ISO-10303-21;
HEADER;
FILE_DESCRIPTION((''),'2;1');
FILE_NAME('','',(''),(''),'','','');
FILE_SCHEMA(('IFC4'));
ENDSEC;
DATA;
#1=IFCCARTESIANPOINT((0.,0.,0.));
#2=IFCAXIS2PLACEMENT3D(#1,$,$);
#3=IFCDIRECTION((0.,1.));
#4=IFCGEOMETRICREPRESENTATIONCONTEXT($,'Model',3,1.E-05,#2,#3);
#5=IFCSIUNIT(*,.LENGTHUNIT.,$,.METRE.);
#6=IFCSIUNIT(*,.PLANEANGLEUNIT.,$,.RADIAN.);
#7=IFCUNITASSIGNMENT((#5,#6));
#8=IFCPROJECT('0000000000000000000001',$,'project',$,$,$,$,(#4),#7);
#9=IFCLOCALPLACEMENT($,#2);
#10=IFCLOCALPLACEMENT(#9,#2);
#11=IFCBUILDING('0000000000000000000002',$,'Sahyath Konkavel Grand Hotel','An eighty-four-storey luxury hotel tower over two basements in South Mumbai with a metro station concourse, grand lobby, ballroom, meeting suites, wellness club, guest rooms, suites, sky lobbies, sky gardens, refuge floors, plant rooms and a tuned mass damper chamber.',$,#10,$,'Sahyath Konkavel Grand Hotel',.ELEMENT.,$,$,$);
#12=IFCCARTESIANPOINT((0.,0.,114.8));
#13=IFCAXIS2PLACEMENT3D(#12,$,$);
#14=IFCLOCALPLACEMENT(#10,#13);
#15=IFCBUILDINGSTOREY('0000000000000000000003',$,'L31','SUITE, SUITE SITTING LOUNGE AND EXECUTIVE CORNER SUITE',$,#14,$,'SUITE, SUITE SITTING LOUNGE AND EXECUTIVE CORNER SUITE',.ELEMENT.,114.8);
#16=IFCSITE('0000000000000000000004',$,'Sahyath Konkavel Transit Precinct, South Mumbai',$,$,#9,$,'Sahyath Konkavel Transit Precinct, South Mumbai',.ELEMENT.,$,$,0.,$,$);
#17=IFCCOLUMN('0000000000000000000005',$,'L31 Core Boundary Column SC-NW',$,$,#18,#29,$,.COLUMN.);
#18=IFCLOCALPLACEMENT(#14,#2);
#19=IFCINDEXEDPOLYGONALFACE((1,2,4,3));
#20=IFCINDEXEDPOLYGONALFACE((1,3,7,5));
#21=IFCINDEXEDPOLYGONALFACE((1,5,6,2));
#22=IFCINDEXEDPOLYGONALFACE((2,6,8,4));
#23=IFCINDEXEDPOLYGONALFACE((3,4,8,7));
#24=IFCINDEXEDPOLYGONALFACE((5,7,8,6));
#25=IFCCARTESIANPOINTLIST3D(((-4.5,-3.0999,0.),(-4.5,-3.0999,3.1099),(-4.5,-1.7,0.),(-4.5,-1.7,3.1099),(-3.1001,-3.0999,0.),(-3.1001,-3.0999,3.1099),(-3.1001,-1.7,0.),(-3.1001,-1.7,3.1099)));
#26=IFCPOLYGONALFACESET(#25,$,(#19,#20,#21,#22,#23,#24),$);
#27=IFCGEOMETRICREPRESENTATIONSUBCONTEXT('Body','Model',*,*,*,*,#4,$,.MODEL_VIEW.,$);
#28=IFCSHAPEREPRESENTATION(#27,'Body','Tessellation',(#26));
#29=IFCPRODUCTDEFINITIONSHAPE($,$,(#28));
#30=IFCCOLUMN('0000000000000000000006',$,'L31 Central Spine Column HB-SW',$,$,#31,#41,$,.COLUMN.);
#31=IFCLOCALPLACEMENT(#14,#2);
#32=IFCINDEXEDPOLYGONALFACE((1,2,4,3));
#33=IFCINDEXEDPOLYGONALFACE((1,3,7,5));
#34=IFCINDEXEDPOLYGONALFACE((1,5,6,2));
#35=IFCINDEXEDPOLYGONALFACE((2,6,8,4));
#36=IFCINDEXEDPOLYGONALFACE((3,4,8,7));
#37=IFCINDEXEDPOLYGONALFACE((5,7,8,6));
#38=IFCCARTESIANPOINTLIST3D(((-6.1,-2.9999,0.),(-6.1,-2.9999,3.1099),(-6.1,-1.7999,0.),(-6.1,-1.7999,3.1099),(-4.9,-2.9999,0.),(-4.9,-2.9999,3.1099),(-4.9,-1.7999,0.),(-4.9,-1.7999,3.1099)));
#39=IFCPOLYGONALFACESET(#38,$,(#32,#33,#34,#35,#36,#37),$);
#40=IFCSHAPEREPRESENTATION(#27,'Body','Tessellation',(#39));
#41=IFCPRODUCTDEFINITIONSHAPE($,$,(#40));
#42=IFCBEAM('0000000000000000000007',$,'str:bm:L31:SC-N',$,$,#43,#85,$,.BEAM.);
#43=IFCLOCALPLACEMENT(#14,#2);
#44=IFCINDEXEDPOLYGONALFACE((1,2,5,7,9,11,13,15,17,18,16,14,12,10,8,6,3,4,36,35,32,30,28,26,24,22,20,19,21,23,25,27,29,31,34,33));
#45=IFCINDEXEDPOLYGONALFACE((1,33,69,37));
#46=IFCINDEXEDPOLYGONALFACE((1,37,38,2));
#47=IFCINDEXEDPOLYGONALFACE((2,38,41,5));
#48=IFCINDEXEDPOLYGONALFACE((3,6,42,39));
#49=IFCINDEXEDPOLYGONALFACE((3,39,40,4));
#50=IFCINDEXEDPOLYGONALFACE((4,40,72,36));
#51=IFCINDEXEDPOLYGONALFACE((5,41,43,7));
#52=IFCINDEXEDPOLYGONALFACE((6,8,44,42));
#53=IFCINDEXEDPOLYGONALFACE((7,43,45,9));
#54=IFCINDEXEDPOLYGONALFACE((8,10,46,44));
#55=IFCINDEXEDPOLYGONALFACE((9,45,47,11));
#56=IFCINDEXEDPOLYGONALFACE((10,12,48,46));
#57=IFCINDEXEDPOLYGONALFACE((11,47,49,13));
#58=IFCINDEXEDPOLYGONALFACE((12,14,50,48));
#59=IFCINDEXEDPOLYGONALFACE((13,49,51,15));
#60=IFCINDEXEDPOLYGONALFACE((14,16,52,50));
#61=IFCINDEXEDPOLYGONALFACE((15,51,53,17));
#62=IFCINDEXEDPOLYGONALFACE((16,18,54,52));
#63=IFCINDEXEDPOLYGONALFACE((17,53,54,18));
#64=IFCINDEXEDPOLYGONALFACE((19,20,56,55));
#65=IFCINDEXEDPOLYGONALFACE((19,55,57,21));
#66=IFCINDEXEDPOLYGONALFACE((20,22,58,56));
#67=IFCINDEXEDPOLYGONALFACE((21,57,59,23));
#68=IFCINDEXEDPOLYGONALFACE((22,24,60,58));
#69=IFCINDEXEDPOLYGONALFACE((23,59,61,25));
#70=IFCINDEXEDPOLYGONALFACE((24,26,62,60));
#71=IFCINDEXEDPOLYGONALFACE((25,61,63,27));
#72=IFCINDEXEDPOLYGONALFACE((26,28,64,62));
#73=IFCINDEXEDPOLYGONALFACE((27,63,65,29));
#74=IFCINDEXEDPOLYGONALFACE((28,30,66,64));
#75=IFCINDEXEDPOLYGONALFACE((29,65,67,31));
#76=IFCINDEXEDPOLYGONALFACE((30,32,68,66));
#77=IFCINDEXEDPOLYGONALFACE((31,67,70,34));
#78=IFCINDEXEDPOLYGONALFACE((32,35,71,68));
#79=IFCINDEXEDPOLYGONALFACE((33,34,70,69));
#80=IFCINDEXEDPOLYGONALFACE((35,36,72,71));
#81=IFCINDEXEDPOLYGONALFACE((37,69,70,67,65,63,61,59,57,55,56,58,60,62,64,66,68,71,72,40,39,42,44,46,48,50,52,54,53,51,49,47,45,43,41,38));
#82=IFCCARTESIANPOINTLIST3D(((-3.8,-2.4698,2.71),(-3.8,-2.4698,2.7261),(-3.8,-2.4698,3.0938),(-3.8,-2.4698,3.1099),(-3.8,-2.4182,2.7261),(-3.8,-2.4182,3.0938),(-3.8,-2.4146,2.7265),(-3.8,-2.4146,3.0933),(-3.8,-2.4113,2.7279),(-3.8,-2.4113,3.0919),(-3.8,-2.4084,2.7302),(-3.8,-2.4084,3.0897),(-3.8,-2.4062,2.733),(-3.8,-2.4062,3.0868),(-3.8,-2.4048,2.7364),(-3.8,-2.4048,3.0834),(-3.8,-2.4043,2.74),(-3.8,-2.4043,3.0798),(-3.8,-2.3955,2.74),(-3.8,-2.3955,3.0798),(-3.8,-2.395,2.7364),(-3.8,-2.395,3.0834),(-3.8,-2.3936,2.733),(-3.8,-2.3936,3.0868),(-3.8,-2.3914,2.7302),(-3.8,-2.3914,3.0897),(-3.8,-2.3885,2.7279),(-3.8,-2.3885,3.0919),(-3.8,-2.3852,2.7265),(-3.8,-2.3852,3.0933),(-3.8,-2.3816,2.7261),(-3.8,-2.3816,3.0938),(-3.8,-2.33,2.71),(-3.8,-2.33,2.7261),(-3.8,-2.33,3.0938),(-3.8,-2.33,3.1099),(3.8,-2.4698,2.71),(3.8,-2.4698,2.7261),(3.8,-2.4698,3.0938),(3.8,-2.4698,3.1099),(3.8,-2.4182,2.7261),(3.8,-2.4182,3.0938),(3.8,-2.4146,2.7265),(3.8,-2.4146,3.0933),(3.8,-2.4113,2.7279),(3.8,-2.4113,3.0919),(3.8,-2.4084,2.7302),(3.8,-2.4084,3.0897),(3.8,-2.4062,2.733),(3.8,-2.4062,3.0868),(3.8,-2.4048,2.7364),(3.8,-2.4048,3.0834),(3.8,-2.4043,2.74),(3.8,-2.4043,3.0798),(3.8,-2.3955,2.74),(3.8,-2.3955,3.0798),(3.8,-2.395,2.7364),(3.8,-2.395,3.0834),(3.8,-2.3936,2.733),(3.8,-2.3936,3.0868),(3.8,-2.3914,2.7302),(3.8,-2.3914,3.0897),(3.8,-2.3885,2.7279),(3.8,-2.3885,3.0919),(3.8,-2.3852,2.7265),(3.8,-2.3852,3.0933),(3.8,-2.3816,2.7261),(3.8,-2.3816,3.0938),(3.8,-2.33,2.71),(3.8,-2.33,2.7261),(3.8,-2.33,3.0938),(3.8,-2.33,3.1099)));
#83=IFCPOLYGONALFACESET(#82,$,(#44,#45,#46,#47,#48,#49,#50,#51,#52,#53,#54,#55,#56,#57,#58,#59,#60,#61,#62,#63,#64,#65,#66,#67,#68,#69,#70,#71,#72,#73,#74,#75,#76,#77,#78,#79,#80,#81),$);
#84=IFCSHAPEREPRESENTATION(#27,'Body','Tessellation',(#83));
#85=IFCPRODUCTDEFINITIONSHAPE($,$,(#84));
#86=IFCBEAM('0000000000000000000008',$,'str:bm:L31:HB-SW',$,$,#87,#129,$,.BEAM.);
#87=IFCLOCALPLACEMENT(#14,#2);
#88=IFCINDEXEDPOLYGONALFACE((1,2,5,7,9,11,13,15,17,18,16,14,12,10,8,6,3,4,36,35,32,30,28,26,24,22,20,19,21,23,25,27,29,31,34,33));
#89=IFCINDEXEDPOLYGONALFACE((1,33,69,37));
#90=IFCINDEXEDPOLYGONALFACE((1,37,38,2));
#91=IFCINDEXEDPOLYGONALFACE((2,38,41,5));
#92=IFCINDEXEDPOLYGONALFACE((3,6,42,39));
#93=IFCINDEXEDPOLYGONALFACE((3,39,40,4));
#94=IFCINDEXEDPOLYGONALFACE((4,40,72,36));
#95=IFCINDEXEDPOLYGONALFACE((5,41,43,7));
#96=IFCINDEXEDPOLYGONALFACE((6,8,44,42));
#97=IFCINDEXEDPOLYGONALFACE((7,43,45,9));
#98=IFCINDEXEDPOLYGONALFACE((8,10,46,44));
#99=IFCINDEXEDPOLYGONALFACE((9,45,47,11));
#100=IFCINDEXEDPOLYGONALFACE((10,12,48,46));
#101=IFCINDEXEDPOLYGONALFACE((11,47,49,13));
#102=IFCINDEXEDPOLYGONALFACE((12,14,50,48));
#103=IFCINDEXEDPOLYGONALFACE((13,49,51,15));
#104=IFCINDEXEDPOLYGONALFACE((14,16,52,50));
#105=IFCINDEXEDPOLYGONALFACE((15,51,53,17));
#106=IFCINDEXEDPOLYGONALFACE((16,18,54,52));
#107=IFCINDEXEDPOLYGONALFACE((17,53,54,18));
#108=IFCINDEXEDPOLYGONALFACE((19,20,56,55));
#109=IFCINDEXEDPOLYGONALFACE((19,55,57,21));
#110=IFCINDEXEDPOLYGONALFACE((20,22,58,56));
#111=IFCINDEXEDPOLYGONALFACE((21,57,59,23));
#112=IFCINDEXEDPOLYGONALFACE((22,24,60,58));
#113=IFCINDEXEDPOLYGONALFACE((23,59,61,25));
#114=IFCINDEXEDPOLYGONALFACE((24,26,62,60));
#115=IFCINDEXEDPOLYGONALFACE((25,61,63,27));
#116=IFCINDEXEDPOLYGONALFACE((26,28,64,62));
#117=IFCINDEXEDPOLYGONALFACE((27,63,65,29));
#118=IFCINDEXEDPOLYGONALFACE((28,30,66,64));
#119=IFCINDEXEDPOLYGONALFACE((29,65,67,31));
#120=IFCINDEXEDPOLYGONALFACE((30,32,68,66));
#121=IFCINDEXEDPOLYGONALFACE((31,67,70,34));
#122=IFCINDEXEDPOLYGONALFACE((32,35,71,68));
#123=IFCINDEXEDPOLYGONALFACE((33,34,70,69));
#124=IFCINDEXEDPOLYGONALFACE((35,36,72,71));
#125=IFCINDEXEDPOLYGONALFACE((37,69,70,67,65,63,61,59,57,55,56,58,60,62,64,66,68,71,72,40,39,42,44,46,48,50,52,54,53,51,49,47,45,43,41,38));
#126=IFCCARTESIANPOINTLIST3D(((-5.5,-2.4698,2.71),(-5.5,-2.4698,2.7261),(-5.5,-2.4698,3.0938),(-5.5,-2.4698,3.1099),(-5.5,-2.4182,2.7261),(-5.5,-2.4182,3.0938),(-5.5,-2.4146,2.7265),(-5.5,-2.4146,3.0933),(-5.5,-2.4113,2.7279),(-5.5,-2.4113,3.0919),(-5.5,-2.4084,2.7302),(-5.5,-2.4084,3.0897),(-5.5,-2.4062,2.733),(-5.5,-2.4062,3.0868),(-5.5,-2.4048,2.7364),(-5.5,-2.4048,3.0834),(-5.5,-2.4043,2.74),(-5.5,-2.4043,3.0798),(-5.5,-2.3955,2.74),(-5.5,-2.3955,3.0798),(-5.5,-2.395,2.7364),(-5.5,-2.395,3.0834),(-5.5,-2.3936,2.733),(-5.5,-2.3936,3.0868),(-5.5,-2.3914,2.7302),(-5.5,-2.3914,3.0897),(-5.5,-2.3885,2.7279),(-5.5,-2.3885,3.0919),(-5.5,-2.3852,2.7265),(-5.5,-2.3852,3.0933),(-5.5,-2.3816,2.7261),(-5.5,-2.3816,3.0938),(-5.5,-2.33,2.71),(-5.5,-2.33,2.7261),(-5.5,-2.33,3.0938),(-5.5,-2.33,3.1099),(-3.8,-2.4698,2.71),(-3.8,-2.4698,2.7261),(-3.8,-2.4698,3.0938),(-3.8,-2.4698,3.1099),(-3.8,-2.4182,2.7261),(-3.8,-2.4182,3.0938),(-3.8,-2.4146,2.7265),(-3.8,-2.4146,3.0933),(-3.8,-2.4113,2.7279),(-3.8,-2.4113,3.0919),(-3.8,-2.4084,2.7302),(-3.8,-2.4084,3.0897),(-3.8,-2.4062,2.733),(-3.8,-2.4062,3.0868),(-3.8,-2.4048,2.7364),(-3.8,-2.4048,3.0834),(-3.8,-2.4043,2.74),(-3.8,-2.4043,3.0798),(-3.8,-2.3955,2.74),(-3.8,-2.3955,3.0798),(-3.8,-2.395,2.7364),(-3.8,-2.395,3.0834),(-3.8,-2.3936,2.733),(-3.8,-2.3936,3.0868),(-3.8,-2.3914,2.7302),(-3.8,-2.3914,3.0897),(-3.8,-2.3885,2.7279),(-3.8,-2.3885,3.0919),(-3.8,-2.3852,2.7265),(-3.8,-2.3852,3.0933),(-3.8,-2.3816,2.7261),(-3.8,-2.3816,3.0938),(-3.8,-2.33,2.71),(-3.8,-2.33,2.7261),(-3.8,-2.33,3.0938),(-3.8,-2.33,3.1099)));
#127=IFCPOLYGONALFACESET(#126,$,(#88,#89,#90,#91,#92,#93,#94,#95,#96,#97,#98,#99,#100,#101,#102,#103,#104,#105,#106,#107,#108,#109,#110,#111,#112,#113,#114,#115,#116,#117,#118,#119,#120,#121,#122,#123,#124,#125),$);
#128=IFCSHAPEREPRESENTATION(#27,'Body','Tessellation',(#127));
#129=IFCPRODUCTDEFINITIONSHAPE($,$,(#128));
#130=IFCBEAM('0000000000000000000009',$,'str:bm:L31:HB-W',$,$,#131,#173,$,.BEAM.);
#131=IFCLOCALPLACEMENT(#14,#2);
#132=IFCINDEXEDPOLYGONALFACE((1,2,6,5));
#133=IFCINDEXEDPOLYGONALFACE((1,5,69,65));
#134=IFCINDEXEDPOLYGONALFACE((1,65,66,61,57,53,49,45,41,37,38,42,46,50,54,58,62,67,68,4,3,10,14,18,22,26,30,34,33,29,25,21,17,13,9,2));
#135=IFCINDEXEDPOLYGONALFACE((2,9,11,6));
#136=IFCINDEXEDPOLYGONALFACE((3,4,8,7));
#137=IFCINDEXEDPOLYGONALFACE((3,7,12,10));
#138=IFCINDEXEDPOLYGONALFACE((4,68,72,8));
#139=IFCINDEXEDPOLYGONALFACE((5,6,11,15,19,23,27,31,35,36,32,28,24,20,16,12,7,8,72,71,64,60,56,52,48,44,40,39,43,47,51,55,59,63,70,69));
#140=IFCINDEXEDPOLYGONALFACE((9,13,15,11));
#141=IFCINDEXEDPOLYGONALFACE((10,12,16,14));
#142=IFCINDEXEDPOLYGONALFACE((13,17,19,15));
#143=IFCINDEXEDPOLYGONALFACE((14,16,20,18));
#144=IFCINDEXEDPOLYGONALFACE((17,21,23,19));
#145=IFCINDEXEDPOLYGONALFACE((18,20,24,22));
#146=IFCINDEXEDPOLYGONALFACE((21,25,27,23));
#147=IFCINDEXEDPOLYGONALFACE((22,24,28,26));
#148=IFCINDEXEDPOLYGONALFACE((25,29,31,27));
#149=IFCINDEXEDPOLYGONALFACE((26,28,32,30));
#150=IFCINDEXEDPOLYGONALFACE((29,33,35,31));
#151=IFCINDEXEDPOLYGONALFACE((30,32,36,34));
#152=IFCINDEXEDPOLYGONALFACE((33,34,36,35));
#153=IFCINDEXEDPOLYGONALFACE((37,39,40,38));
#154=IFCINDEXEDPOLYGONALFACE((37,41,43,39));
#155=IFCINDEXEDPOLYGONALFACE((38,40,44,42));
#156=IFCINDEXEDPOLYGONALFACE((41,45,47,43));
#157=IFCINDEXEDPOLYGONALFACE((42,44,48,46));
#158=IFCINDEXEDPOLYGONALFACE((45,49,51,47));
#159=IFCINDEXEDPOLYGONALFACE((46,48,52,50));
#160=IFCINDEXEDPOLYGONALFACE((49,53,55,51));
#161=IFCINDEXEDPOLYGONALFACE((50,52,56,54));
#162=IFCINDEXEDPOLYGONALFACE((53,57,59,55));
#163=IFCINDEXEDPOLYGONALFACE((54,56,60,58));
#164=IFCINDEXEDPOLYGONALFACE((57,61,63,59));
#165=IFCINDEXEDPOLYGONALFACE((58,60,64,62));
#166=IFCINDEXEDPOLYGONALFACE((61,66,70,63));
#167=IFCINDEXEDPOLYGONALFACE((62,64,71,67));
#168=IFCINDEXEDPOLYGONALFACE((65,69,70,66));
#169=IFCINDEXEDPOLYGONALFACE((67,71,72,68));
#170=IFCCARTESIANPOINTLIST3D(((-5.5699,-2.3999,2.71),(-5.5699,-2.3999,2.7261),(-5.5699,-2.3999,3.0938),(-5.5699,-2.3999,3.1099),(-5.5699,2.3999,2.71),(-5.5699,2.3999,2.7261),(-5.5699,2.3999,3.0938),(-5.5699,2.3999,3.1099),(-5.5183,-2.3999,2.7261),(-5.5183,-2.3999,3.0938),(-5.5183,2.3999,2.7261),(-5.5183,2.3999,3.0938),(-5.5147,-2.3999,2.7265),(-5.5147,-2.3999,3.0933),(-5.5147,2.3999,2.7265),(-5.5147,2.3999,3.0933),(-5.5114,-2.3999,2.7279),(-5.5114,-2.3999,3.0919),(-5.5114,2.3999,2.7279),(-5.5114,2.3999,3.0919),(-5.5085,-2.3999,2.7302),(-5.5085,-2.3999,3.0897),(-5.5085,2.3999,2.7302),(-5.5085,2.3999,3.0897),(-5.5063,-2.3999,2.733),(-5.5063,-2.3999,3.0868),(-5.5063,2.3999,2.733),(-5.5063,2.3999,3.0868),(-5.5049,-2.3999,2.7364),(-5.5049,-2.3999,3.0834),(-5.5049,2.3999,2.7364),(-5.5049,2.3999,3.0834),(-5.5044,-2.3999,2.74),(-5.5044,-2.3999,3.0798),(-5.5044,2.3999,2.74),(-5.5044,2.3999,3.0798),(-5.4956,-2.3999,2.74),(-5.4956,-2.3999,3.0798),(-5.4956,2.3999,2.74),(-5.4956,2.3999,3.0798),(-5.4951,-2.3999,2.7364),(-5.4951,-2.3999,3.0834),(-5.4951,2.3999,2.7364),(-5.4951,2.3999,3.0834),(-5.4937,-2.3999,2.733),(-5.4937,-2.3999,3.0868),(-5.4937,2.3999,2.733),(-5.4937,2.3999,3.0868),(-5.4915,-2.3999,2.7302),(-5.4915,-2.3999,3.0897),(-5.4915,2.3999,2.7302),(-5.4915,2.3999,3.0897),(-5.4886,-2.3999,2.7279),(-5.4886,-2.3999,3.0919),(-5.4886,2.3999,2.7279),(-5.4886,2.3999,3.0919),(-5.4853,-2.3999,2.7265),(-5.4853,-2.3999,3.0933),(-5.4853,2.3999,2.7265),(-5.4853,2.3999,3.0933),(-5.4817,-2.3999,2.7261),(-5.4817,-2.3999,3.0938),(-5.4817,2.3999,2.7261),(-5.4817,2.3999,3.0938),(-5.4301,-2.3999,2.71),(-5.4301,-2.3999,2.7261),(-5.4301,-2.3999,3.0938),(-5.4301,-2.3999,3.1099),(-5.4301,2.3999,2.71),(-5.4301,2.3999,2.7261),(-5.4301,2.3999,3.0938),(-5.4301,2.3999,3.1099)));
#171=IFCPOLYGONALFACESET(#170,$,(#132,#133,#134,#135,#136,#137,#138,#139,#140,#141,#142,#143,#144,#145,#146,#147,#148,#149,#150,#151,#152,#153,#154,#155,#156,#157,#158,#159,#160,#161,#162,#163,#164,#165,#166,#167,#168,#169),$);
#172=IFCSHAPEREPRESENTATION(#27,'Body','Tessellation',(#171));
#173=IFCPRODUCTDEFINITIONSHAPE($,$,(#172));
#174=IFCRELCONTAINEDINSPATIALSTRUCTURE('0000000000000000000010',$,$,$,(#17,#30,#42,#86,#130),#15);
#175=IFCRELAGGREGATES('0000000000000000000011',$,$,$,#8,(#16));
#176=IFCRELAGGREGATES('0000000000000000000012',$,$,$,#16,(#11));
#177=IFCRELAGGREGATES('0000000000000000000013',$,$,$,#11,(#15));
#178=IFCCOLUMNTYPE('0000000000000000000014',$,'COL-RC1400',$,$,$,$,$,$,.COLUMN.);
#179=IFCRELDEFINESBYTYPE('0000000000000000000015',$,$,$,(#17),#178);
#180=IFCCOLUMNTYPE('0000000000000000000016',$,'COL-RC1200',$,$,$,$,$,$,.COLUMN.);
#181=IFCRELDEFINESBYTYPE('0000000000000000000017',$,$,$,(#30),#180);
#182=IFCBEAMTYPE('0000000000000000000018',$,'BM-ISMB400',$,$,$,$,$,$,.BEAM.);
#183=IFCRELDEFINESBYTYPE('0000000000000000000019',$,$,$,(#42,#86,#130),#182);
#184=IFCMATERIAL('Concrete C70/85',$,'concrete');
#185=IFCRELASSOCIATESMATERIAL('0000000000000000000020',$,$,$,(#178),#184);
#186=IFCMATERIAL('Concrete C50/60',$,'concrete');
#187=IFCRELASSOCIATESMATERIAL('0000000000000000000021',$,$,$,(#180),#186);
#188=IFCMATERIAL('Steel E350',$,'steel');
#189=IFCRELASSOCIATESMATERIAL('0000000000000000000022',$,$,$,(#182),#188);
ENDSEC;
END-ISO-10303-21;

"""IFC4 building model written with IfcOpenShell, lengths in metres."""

from ifc_helpers import new_model, si_unit, direction, frame, origin, origin_2d, place, context, subcontext, project, spatial, rectangle, i_section, extrude, source, transform, mapped, material, material_profile, profile_set, type_object, element, save


model = new_model("IFC4")

# Units and contexts
model_context = context("Model", 3, precision=1e-05, world=origin(), true_north=direction((0.0, 1.0)))
body_context = subcontext(model_context, "Body", "Model", "MODEL_VIEW")
ifc_project = project(units=[si_unit("LENGTHUNIT", "METRE"), si_unit("PLANEANGLEUNIT", "RADIAN")], contexts=[model_context])

# Site, building, storey
site_placement = place(None, origin())
site = spatial("IfcSite", under=ifc_project, at=site_placement, Name="Sahyath Konkavel Transit Precinct, South Mumbai", LongName="Sahyath Konkavel Transit Precinct, South Mumbai", CompositionType="ELEMENT", RefElevation=0.0)
building_placement = place(site_placement, origin())
building = spatial("IfcBuilding", under=site, at=building_placement, Name="Sahyath Konkavel Grand Hotel", Description="An eighty-four-storey luxury hotel tower over two basements in South Mumbai with a metro station concourse, grand lobby, ballroom, meeting suites, wellness club, guest rooms, suites, sky lobbies, sky gardens, refuge floors, plant rooms and a tuned mass damper chamber.", LongName="Sahyath Konkavel Grand Hotel", CompositionType="ELEMENT")
storey_placement = place(building_placement, frame((0.0, 0.0, 114.8)))
storey = spatial("IfcBuildingStorey", under=building, at=storey_placement, Name="L31", Description="SUITE, SUITE SITTING LOUNGE AND EXECUTIVE CORNER SUITE", LongName="SUITE, SUITE SITTING LOUNGE AND EXECUTIVE CORNER SUITE", CompositionType="ELEMENT", Elevation=114.8)

# Columns
ifc_material_1 = material(Name="Concrete C70/85", Category="concrete")
ifc_material_profile_1 = material_profile(ifc_material_1, rectangle(XDim=1.3999, YDim=1.3999, at=origin_2d()), Name="RC 1400x1400")
ifc_profile_set_1 = profile_set([ifc_material_profile_1], Name="Concrete C70/85")
column_type_1 = type_object("IfcColumnType", Name="COL-RC1400", PredefinedType="COLUMN", material=ifc_profile_set_1)
shared_shape_1 = source(origin(), body_context, "Body", "SweptSolid", [
    extrude(rectangle(XDim=1.3999, YDim=1.3999, at=origin_2d()), origin(), (0.0, 0.0, 1.0), 3.1099),
])
column_1_placement = place(storey_placement, frame((-3.8, -2.3999, 0.0), z_axis=(0.0, 0.0, 1.0), x_axis=(1.0, 0.0, 0.0)))
element("IfcColumn", 1, at=column_1_placement, inside=storey, type_object=column_type_1, Name="L31 Core Boundary Column SC-NW", PredefinedType="COLUMN", context=body_context, shape_type="MappedRepresentation", body=[
    mapped(shared_shape_1, transform((0.0, 0.0, 0.0), scale=1.0)),
])
ifc_material_2 = material(Name="Concrete C50/60", Category="concrete")
ifc_material_profile_2 = material_profile(ifc_material_2, rectangle(XDim=1.2, YDim=1.2, at=origin_2d()), Name="RC 1200x1200")
ifc_profile_set_2 = profile_set([ifc_material_profile_2], Name="Concrete C50/60")
column_type_2 = type_object("IfcColumnType", Name="COL-RC1200", PredefinedType="COLUMN", material=ifc_profile_set_2)
shared_shape_2 = source(origin(), body_context, "Body", "SweptSolid", [
    extrude(rectangle(XDim=1.2, YDim=1.2, at=origin_2d()), origin(), (0.0, 0.0, 1.0), 3.1099),
])
column_2_placement = place(storey_placement, frame((-5.5, -2.3999, 0.0), z_axis=(0.0, 0.0, 1.0), x_axis=(1.0, 0.0, 0.0)))
element("IfcColumn", 2, at=column_2_placement, inside=storey, type_object=column_type_2, Name="L31 Central Spine Column HB-SW", PredefinedType="COLUMN", context=body_context, shape_type="MappedRepresentation", body=[
    mapped(shared_shape_2, transform((0.0, 0.0, 0.0), scale=1.0)),
])

# Beams
ifc_material_3 = material(Name="Steel E350", Category="steel")
ifc_material_profile_3 = material_profile(ifc_material_3, i_section(OverallWidth=0.1399, OverallDepth=0.3999, WebThickness=0.0088, FlangeThickness=0.0161, FilletRadius=0.0139, at=origin_2d()), Name="ISMB 400")
ifc_profile_set_3 = profile_set([ifc_material_profile_3], Name="Steel E350")
beam_type_1 = type_object("IfcBeamType", Name="BM-ISMB400", PredefinedType="BEAM", material=ifc_profile_set_3)
shared_shape_3 = source(origin(), body_context, "Body", "SweptSolid", [
    extrude(i_section(OverallWidth=0.1399, OverallDepth=0.3999, WebThickness=0.0088, FlangeThickness=0.0161, FilletRadius=0.0139, at=origin_2d()), origin(), (0.0, 0.0, 1.0), 7.6001),
])
beam_1_placement = place(storey_placement, frame((-3.8, -2.3999, 2.9099), z_axis=(1.0, 0.0, 0.0), x_axis=(0.0, 1.0, 0.0)))
element("IfcBeam", 3, at=beam_1_placement, inside=storey, type_object=beam_type_1, Name="str:bm:L31:SC-N", PredefinedType="BEAM", context=body_context, shape_type="MappedRepresentation", body=[
    mapped(shared_shape_3, transform((0.0, 0.0, 0.0), scale=1.0)),
])
shared_shape_4 = source(origin(), body_context, "Body", "SweptSolid", [
    extrude(i_section(OverallWidth=0.1399, OverallDepth=0.3999, WebThickness=0.0088, FlangeThickness=0.0161, FilletRadius=0.0139, at=origin_2d()), origin(), (0.0, 0.0, 1.0), 1.7),
])
beam_2_placement = place(storey_placement, frame((-5.5, -2.3999, 2.9099), z_axis=(1.0, 0.0, 0.0), x_axis=(0.0, 1.0, 0.0)))
element("IfcBeam", 4, at=beam_2_placement, inside=storey, type_object=beam_type_1, Name="str:bm:L31:HB-SW", PredefinedType="BEAM", context=body_context, shape_type="MappedRepresentation", body=[
    mapped(shared_shape_4, transform((0.0, 0.0, 0.0), scale=1.0)),
])
shared_shape_5 = source(origin(), body_context, "Body", "SweptSolid", [
    extrude(i_section(OverallWidth=0.1399, OverallDepth=0.3999, WebThickness=0.0088, FlangeThickness=0.0161, FilletRadius=0.0139, at=origin_2d()), origin(), (0.0, 0.0, 1.0), 4.7998),
])
beam_3_placement = place(storey_placement, frame((-5.5, -2.3999, 2.9099), z_axis=(0.0, 1.0, 0.0), x_axis=(-1.0, 0.0, 0.0)))
element("IfcBeam", 5, at=beam_3_placement, inside=storey, type_object=beam_type_1, Name="str:bm:L31:HB-W", PredefinedType="BEAM", context=body_context, shape_type="MappedRepresentation", body=[
    mapped(shared_shape_5, transform((0.0, 0.0, 0.0), scale=1.0)),
])

save(model, "model.ifc")
